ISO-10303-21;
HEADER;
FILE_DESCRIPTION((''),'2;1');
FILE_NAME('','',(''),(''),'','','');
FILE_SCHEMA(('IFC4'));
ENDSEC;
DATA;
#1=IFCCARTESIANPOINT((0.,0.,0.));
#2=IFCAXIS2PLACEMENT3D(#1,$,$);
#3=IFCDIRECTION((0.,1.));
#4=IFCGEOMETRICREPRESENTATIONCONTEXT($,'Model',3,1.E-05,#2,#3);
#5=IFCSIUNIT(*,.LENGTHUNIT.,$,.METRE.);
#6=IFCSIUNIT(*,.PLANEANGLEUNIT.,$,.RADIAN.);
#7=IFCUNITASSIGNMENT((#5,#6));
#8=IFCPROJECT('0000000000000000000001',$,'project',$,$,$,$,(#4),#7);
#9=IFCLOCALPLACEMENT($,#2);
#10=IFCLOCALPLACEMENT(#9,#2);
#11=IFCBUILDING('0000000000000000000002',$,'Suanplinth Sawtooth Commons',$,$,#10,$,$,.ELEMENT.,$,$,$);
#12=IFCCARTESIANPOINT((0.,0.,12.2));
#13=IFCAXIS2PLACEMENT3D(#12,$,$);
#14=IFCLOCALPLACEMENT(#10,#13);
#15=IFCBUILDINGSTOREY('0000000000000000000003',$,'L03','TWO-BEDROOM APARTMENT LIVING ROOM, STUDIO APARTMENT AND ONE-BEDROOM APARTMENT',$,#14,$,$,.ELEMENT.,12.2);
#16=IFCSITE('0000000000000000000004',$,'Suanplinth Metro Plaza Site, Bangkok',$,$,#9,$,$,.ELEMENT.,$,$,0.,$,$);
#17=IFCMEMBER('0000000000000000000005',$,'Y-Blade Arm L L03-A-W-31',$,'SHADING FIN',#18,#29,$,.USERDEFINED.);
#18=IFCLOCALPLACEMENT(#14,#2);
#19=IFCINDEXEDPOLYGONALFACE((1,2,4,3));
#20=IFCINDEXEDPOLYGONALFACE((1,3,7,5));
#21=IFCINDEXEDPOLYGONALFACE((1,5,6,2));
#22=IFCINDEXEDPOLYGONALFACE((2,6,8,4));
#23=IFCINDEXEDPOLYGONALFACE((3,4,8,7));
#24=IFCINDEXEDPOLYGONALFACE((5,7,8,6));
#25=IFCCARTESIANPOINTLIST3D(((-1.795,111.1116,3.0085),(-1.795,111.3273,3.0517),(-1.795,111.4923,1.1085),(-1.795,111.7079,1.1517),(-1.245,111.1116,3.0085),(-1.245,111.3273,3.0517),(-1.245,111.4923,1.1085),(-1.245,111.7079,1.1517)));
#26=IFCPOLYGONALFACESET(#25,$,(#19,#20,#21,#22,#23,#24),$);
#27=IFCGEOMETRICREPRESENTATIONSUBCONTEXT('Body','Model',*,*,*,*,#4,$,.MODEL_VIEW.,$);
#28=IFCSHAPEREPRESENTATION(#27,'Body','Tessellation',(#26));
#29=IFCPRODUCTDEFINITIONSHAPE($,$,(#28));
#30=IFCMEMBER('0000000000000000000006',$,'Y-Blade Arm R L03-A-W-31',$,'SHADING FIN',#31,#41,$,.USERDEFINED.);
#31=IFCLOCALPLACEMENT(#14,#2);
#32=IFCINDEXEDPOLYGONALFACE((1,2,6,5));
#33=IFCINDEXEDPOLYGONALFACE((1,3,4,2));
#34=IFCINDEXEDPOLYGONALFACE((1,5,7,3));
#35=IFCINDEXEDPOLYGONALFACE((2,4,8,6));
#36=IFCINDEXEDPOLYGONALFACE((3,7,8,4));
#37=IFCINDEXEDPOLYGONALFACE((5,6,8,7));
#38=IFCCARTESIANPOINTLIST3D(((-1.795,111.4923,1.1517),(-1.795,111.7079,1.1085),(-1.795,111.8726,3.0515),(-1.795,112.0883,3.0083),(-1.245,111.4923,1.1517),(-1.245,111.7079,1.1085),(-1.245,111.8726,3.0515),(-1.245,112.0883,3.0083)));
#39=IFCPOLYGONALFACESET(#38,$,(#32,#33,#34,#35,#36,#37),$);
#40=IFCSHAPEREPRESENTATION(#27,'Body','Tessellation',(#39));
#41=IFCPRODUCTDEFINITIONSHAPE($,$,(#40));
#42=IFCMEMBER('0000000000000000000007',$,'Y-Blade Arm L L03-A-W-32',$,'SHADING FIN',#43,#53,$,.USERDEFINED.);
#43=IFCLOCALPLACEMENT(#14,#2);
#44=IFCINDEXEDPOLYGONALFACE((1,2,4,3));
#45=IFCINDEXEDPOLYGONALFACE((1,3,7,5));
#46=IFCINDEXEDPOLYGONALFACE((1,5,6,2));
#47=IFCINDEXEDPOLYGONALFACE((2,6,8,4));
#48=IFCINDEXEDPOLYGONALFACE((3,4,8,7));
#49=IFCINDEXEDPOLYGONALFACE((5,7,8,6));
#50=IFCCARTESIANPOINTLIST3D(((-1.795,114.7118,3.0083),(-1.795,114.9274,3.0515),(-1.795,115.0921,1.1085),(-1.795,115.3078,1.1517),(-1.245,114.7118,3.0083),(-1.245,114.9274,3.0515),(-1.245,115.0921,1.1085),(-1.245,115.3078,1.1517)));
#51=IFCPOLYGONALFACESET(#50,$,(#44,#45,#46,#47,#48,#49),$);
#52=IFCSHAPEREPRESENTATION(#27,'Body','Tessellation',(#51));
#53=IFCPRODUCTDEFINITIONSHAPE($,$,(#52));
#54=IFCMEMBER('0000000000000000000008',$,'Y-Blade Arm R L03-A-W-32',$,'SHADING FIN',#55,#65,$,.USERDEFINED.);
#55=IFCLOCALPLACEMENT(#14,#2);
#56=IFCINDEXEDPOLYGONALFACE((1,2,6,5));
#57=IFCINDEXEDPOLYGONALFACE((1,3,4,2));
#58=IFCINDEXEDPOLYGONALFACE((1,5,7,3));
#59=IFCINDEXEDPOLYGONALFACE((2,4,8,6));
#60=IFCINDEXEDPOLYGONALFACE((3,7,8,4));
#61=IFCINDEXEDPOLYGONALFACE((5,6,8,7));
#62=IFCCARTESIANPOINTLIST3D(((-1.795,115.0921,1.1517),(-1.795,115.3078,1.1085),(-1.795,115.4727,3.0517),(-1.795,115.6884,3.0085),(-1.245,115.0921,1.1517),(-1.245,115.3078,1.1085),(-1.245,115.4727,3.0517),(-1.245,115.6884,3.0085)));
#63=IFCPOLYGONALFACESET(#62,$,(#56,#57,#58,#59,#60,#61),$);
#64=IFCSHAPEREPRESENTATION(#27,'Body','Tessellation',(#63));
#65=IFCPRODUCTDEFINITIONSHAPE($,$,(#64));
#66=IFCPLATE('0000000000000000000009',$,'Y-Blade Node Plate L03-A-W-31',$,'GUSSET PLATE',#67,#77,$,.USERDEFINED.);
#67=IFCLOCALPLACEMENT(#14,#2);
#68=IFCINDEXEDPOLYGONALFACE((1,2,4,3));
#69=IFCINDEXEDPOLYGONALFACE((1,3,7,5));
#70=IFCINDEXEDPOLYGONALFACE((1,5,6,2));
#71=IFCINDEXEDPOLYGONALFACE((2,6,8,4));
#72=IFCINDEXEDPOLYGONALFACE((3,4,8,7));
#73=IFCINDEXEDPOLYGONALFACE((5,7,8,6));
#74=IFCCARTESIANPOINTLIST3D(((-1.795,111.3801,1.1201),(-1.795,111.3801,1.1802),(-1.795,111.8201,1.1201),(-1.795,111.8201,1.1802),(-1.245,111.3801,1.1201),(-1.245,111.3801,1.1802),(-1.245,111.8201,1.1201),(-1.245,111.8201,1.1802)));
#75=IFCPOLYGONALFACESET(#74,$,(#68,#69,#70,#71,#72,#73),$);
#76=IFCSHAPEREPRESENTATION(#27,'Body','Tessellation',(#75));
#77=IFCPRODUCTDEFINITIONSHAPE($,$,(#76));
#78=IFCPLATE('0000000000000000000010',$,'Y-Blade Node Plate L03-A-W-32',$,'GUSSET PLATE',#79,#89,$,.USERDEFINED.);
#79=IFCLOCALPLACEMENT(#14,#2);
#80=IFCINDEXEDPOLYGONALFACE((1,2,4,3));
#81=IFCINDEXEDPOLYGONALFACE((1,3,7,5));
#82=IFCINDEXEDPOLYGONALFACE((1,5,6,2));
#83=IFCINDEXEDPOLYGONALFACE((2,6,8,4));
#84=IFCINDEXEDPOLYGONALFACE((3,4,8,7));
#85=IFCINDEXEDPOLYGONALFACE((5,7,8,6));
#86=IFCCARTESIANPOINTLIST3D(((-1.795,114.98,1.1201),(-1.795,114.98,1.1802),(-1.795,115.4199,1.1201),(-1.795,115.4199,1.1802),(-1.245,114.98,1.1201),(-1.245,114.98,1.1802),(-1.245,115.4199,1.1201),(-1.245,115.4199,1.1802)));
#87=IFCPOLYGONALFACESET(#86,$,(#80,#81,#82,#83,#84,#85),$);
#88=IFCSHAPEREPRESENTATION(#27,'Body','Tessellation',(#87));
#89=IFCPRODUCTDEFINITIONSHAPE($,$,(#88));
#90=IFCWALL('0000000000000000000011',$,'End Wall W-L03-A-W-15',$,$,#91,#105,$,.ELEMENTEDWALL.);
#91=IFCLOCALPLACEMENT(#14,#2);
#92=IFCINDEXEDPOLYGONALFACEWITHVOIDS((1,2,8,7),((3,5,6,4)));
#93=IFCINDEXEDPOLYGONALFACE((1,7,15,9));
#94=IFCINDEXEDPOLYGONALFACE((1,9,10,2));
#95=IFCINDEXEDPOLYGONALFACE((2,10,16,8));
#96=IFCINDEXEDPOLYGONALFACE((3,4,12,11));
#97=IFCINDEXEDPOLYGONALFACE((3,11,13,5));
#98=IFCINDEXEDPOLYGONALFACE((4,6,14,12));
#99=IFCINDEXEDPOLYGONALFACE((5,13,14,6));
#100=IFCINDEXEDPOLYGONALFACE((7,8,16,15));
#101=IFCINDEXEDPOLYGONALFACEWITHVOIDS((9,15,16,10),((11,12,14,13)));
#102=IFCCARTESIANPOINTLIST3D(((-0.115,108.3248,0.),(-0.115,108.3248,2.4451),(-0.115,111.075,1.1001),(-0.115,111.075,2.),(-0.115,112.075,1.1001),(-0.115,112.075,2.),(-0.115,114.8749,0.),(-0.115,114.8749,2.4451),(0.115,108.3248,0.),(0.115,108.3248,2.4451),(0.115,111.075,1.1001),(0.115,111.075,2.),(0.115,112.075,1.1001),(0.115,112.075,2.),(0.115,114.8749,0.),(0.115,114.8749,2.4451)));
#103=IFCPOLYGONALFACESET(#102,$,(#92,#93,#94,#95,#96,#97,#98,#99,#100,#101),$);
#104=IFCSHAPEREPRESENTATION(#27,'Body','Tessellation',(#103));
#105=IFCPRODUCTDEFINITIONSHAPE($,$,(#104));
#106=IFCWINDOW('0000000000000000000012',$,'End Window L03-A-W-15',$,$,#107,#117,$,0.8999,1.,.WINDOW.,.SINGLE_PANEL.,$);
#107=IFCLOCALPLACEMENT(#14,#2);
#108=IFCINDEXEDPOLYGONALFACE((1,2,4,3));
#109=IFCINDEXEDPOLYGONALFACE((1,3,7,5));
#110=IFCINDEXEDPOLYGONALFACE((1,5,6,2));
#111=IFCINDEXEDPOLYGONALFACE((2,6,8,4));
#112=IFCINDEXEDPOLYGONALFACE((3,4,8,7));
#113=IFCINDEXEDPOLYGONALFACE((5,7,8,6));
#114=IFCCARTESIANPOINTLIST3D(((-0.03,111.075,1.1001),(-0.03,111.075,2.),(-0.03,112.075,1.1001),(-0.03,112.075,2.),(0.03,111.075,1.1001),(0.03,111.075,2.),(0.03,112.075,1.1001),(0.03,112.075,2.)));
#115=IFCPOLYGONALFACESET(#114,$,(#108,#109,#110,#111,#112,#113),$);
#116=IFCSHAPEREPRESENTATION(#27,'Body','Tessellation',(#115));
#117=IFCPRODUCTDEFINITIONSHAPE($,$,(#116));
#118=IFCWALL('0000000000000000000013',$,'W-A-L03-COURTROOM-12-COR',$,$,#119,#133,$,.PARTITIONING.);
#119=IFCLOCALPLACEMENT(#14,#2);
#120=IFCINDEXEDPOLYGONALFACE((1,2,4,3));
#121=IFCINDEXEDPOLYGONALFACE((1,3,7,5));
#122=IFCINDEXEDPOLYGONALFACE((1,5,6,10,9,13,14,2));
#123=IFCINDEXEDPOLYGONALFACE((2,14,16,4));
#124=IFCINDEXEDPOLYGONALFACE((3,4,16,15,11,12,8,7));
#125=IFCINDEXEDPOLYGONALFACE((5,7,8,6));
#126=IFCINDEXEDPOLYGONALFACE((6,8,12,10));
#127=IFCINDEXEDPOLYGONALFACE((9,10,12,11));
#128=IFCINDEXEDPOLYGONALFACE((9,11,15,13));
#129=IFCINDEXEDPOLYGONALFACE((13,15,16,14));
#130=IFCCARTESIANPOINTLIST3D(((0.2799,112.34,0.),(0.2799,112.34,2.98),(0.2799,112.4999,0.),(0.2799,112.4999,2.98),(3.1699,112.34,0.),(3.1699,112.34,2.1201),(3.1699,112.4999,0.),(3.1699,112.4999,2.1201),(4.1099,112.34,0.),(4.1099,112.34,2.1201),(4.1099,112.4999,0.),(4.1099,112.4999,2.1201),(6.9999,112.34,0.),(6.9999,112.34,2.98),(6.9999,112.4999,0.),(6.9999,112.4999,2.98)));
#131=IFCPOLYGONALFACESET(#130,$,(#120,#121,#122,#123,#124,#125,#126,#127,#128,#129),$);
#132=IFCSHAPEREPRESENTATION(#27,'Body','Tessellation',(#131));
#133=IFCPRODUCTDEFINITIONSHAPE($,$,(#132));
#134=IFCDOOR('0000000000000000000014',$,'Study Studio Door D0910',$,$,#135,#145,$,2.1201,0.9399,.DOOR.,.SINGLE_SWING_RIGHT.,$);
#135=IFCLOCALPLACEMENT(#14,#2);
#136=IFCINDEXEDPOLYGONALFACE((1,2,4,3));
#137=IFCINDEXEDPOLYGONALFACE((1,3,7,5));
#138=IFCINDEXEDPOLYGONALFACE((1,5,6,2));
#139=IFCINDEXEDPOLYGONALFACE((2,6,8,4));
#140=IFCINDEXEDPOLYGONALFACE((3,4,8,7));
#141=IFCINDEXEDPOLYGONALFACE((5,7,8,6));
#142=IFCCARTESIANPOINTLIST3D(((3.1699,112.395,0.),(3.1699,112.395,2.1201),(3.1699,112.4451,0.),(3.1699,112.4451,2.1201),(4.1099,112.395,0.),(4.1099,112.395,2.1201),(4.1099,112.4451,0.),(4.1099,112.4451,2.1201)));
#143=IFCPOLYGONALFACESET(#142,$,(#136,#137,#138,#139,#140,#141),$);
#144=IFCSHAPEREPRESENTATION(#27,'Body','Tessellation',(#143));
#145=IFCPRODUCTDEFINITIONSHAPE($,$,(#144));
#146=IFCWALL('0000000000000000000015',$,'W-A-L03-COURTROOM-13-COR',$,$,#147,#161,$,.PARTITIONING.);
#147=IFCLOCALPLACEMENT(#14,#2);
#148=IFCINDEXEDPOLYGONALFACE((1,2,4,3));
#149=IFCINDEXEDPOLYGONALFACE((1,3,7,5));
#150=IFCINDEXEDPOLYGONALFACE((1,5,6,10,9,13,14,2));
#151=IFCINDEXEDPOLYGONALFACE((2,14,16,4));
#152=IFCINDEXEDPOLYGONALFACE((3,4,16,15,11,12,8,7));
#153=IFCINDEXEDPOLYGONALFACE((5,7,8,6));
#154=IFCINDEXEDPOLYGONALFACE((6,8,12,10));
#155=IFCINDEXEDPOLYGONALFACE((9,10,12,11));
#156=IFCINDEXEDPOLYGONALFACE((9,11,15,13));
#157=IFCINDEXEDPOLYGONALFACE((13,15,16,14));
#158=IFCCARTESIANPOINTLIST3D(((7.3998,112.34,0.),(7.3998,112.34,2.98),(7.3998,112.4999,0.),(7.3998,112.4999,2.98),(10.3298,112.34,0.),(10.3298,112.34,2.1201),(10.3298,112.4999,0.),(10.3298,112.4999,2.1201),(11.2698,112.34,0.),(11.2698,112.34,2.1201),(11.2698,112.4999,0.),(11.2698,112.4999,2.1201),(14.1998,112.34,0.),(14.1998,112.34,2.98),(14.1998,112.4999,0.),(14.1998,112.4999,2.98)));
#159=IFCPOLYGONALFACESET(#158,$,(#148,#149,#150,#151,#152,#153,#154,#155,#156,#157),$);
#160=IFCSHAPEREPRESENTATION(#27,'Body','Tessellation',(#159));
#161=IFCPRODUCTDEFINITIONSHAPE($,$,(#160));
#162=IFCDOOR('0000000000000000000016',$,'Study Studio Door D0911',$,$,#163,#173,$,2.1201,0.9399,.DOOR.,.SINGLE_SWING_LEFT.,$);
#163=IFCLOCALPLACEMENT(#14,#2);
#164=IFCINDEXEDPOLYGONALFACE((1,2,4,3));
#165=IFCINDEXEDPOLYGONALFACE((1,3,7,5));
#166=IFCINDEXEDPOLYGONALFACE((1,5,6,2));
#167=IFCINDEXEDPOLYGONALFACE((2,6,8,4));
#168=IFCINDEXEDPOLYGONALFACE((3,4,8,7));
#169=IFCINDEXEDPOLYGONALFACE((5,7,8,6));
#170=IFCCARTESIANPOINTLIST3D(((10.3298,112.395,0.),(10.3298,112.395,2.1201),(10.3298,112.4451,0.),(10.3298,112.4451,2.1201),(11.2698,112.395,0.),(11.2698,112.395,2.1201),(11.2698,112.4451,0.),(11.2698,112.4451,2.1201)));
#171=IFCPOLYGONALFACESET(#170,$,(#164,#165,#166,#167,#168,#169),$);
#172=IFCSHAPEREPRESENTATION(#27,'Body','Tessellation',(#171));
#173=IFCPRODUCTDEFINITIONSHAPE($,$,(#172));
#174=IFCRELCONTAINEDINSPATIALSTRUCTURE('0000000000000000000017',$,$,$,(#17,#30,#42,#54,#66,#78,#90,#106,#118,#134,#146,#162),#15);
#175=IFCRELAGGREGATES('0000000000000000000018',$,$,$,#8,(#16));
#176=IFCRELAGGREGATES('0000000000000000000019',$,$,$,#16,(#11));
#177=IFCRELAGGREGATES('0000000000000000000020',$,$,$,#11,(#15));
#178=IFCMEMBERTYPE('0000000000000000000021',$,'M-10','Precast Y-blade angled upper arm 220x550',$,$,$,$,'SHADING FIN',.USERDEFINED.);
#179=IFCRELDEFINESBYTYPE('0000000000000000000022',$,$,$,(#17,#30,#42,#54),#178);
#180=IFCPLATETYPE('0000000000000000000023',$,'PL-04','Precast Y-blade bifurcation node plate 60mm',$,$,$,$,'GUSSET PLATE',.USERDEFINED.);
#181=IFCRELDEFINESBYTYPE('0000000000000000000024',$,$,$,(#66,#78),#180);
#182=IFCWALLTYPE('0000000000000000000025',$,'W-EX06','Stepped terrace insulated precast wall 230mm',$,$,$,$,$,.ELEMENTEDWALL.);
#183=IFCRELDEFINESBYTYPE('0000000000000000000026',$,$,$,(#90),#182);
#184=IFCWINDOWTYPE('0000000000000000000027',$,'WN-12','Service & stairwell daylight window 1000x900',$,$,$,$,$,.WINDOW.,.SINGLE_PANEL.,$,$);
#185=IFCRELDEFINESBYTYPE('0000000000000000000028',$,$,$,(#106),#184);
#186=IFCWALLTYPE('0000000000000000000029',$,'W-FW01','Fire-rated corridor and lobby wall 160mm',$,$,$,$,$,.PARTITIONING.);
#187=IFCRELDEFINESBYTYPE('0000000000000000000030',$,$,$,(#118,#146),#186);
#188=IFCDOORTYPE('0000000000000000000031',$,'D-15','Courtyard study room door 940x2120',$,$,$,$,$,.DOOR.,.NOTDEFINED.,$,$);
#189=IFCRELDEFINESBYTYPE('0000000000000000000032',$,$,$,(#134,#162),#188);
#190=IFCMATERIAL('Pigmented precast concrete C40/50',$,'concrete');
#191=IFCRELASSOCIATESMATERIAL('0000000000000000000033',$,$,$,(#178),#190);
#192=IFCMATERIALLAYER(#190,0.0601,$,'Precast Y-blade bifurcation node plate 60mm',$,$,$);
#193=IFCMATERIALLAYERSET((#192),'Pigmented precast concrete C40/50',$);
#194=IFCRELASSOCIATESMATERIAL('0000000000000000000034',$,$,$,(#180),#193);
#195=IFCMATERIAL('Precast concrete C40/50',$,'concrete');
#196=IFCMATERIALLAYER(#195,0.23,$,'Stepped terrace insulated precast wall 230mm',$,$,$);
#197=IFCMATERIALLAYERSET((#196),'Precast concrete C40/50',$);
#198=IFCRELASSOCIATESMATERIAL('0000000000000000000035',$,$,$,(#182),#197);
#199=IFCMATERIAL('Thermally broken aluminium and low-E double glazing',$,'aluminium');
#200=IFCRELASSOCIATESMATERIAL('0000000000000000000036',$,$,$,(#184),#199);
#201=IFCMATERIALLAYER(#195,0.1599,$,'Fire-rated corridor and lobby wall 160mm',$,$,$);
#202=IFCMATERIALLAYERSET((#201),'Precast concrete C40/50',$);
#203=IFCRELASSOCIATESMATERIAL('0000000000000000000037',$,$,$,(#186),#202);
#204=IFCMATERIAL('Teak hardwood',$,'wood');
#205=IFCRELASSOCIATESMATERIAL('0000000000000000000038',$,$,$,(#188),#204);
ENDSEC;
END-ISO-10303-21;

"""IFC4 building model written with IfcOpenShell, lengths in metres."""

from ifc_helpers import new_model, si_unit, direction, frame, frame_2d, origin, origin_2d, place, context, subcontext, project, spatial, rectangle, extrude, material, layer, layer_set, material_profile, profile_set, type_object, element, fill, save


model = new_model("IFC4")

# Units and contexts
model_context = context("Model", 3, precision=1e-05, world=origin(), true_north=direction((0.0, 1.0)))
body_context = subcontext(model_context, "Body", "Model", "MODEL_VIEW")
ifc_project = project(units=[si_unit("LENGTHUNIT", "METRE"), si_unit("PLANEANGLEUNIT", "RADIAN")], contexts=[model_context])

# Site, building, storey
site_placement = place(None, origin())
site = spatial("IfcSite", under=ifc_project, at=site_placement, Name="Suanplinth Metro Plaza Site, Bangkok", CompositionType="ELEMENT", RefElevation=0.0)
building_placement = place(site_placement, origin())
building = spatial("IfcBuilding", under=site, at=building_placement, Name="Suanplinth Sawtooth Commons", CompositionType="ELEMENT")
storey_placement = place(building_placement, frame((0.0, 0.0, 12.2)))
storey = spatial("IfcBuildingStorey", under=building, at=storey_placement, Name="L03", Description="TWO-BEDROOM APARTMENT LIVING ROOM, STUDIO APARTMENT AND ONE-BEDROOM APARTMENT", CompositionType="ELEMENT", Elevation=12.2)

# Shared definitions
ifc_material_1 = material(Name="Precast concrete C40/50", Category="concrete")

# Members
ifc_material_2 = material(Name="Pigmented precast concrete C40/50", Category="concrete")
ifc_material_profile_1 = material_profile(ifc_material_2, rectangle(XDim=0.22, YDim=0.55, at=origin_2d()), Name="PC-FIN 220x550")
ifc_profile_set_1 = profile_set([ifc_material_profile_1], Name="Pigmented precast concrete C40/50")
member_type_1 = type_object("IfcMemberType", Name="M-10", Description="Precast Y-blade angled upper arm 220x550", ElementType="SHADING FIN", PredefinedType="USERDEFINED", material=ifc_profile_set_1)
member_1_placement = place(storey_placement, frame((-1.52, 111.6001, 1.1301), z_axis=(0.0, -0.196431, 0.980518), x_axis=(0.0, 0.980518, 0.196431)))
element("IfcMember", 1, at=member_1_placement, inside=storey, type_object=member_type_1, Name="Y-Blade Arm L L03-A-W-31", ObjectType="SHADING FIN", PredefinedType="USERDEFINED", context=body_context, shape_type="SweptSolid", body=[
    extrude(rectangle(XDim=0.22, YDim=0.55, at=origin_2d()), origin(), (0.0, 0.0, 1.0), 1.9377),
])
for number, where, z_axis, x_axis, name in (
    (2, (-1.52, 111.6001, 1.1301), (0.0, 0.19631, 0.980542), (0.0, -0.980542, 0.19631), "Y-Blade Arm R L03-A-W-31"),
    (3, (-1.52, 115.2, 1.1301), (0.0, -0.19631, 0.980542), (0.0, 0.980542, 0.19631), "Y-Blade Arm L L03-A-W-32"),
):
    element("IfcMember", number, at=place(storey_placement, frame(where, z_axis=z_axis, x_axis=x_axis)), inside=storey, type_object=member_type_1, Name=name, ObjectType="SHADING FIN", PredefinedType="USERDEFINED", context=body_context, shape_type="SweptSolid", body=[
        extrude(rectangle(XDim=0.22, YDim=0.55, at=origin_2d()), origin(), (0.0, 0.0, 1.0), 1.9375),
    ])
member_2_placement = place(storey_placement, frame((-1.52, 115.2, 1.1301), z_axis=(0.0, 0.196431, 0.980518), x_axis=(0.0, -0.980518, 0.196431)))
element("IfcMember", 4, at=member_2_placement, inside=storey, type_object=member_type_1, Name="Y-Blade Arm R L03-A-W-32", ObjectType="SHADING FIN", PredefinedType="USERDEFINED", context=body_context, shape_type="SweptSolid", body=[
    extrude(rectangle(XDim=0.22, YDim=0.55, at=origin_2d()), origin(), (0.0, 0.0, 1.0), 1.9377),
])

# Plates
ifc_layer_1 = layer(ifc_material_2, 0.0601, Name="Precast Y-blade bifurcation node plate 60mm")
ifc_layer_set_1 = layer_set([ifc_layer_1], Name="Pigmented precast concrete C40/50")
plate_type = type_object("IfcPlateType", Name="PL-04", Description="Precast Y-blade bifurcation node plate 60mm", ElementType="GUSSET PLATE", PredefinedType="USERDEFINED", material=ifc_layer_set_1)
for number, where, z_axis, x_axis, name in (
    (5, (-1.52, 111.6001, 1.1201), (0.0, 0.0, 1.0), (0.0, 1.0, 0.0), "Y-Blade Node Plate L03-A-W-31"),
    (6, (-1.52, 115.2, 1.1201), (0.0, 0.0, 1.0), (0.0, 1.0, 0.0), "Y-Blade Node Plate L03-A-W-32"),
):
    element("IfcPlate", number, at=place(storey_placement, frame(where, z_axis=z_axis, x_axis=x_axis)), inside=storey, type_object=plate_type, Name=name, ObjectType="GUSSET PLATE", PredefinedType="USERDEFINED", context=body_context, shape_type="SweptSolid", body=[
        extrude(rectangle(XDim=0.4399, YDim=0.55, at=origin_2d()), origin(), (0.0, 0.0, 1.0), 0.0601),
    ])

# Wall, opening, window
ifc_layer_2 = layer(ifc_material_1, 0.23, Name="Stepped terrace insulated precast wall 230mm")
ifc_layer_set_2 = layer_set([ifc_layer_2], Name="Precast concrete C40/50")
wall_type_1 = type_object("IfcWallType", Name="W-EX06", Description="Stepped terrace insulated precast wall 230mm", PredefinedType="ELEMENTEDWALL", material=ifc_layer_set_2)
wall_1_placement = place(storey_placement, frame((0.0, 108.325, 0.0), z_axis=(0.0, 0.0, 1.0), x_axis=(0.0, 1.0, 0.0)))
wall_1 = element("IfcWall", 7, at=wall_1_placement, inside=storey, type_object=wall_type_1, Name="End Wall W-L03-A-W-15", PredefinedType="ELEMENTEDWALL", context=body_context, shape_type="SweptSolid", body=[
    extrude(rectangle(XDim=6.55, YDim=0.23, at=frame_2d((3.2749, 0.0))), origin(), (0.0, 0.0, 1.0), 2.4451),
])
opening_1_placement = place(wall_1_placement, frame((2.75, 0.0, 1.1001)))
opening_1 = element("IfcOpeningElement", 8, at=opening_1_placement, cuts=wall_1, PredefinedType="OPENING", context=body_context, shape_type="SweptSolid", body=[
    extrude(rectangle(XDim=1.0, YDim=0.8999, at=frame_2d((0.5, 0.45))), frame((0.0, 0.1299, 0.0), z_axis=(0.0, -1.0, 0.0), x_axis=(1.0, 0.0, 0.0)), (0.0, 0.0, 1.0), 0.2598),
])
ifc_material_3 = material(Name="Thermally broken aluminium and low-E double glazing", Category="aluminium")
window_type = type_object("IfcWindowType", Name="WN-12", Description="Service & stairwell daylight window 1000x900", PartitioningType="SINGLE_PANEL", PredefinedType="WINDOW", material=ifc_material_3)
window_placement = place(opening_1_placement, origin())
window = element("IfcWindow", 9, at=window_placement, inside=storey, type_object=window_type, Name="End Window L03-A-W-15", OverallHeight=0.8999, OverallWidth=1.0, PartitioningType="SINGLE_PANEL", PredefinedType="WINDOW", context=body_context, shape_type="SweptSolid", body=[
    extrude(rectangle(XDim=1.0, YDim=0.8999, at=frame_2d((0.5, 0.45))), frame((0.0, 0.03, 0.0), z_axis=(0.0, -1.0, 0.0), x_axis=(1.0, 0.0, 0.0)), (0.0, 0.0, 1.0), 0.0601),
])
fill(opening_1, window)

# Walls, openings, doors
ifc_layer_3 = layer(ifc_material_1, 0.1599, Name="Fire-rated corridor and lobby wall 160mm")
ifc_layer_set_3 = layer_set([ifc_layer_3], Name="Precast concrete C40/50")
wall_type_2 = type_object("IfcWallType", Name="W-FW01", Description="Fire-rated corridor and lobby wall 160mm", PredefinedType="PARTITIONING", material=ifc_layer_set_3)
wall_2_placement = place(storey_placement, frame((0.28, 112.4199, 0.0), z_axis=(0.0, 0.0, 1.0), x_axis=(1.0, 0.0, 0.0)))
wall_2 = element("IfcWall", 10, at=wall_2_placement, inside=storey, type_object=wall_type_2, Name="W-A-L03-COURTROOM-12-COR", PredefinedType="PARTITIONING", context=body_context, shape_type="SweptSolid", body=[
    extrude(rectangle(XDim=6.72, YDim=0.1599, at=frame_2d((3.3599, 0.0))), origin(), (0.0, 0.0, 1.0), 2.98),
])
opening_2_placement = place(wall_2_placement, frame((2.8899, 0.0, 0.0)))
opening_2 = element("IfcOpeningElement", 11, at=opening_2_placement, cuts=wall_2, PredefinedType="OPENING", context=body_context, shape_type="SweptSolid", body=[
    extrude(rectangle(XDim=0.9399, YDim=2.1201, at=frame_2d((0.47, 1.0601))), frame((0.0, 0.0947, 0.0), z_axis=(0.0, -1.0, 0.0), x_axis=(1.0, 0.0, 0.0)), (0.0, 0.0, 1.0), 0.1897),
])
ifc_material_4 = material(Name="Teak hardwood", Category="wood")
door_type_1 = type_object("IfcDoorType", Name="D-15", Description="Courtyard study room door 940x2120", OperationType="NOTDEFINED", PredefinedType="DOOR", material=ifc_material_4)
door_1_placement = place(opening_2_placement, frame((0.9399, 0.0, 0.0), z_axis=(0.0, 0.0, 1.0), x_axis=(-1.0, 0.0, 0.0)))
door_1 = element("IfcDoor", 12, at=door_1_placement, inside=storey, type_object=door_type_1, Name="Study Studio Door D0910", OperationType="SINGLE_SWING_RIGHT", OverallHeight=2.1201, OverallWidth=0.9399, PredefinedType="DOOR", context=body_context, shape_type="SweptSolid", body=[
    extrude(rectangle(XDim=0.9399, YDim=2.1201, at=frame_2d((0.47, 1.0601))), frame((0.0, 0.0249, 0.0), z_axis=(0.0, -1.0, 0.0), x_axis=(1.0, 0.0, 0.0)), (0.0, 0.0, 1.0), 0.05),
])
fill(opening_2, door_1)
wall_3_placement = place(storey_placement, frame((7.3999, 112.4199, 0.0), z_axis=(0.0, 0.0, 1.0), x_axis=(1.0, 0.0, 0.0)))
wall_3 = element("IfcWall", 13, at=wall_3_placement, inside=storey, type_object=wall_type_2, Name="W-A-L03-COURTROOM-13-COR", PredefinedType="PARTITIONING", context=body_context, shape_type="SweptSolid", body=[
    extrude(rectangle(XDim=6.8, YDim=0.1599, at=frame_2d((3.3999, 0.0))), origin(), (0.0, 0.0, 1.0), 2.98),
])
opening_3_placement = place(wall_3_placement, frame((2.9299, 0.0, 0.0)))
opening_3 = element("IfcOpeningElement", 14, at=opening_3_placement, cuts=wall_3, PredefinedType="OPENING", context=body_context, shape_type="SweptSolid", body=[
    extrude(rectangle(XDim=0.9399, YDim=2.1201, at=frame_2d((0.47, 1.0601))), frame((0.0, 0.0947, 0.0), z_axis=(0.0, -1.0, 0.0), x_axis=(1.0, 0.0, 0.0)), (0.0, 0.0, 1.0), 0.1897),
])
door_2_placement = place(opening_3_placement, frame((0.9399, 0.0, 0.0), z_axis=(0.0, 0.0, 1.0), x_axis=(-1.0, 0.0, 0.0)))
door_2 = element("IfcDoor", 15, at=door_2_placement, inside=storey, type_object=door_type_1, Name="Study Studio Door D0911", OperationType="SINGLE_SWING_LEFT", OverallHeight=2.1201, OverallWidth=0.9399, PredefinedType="DOOR", context=body_context, shape_type="SweptSolid", body=[
    extrude(rectangle(XDim=0.9399, YDim=2.1201, at=frame_2d((0.47, 1.0601))), frame((0.0, 0.0249, 0.0), z_axis=(0.0, -1.0, 0.0), x_axis=(1.0, 0.0, 0.0)), (0.0, 0.0, 1.0), 0.05),
])
fill(opening_3, door_2)

save(model, "model.ifc")
